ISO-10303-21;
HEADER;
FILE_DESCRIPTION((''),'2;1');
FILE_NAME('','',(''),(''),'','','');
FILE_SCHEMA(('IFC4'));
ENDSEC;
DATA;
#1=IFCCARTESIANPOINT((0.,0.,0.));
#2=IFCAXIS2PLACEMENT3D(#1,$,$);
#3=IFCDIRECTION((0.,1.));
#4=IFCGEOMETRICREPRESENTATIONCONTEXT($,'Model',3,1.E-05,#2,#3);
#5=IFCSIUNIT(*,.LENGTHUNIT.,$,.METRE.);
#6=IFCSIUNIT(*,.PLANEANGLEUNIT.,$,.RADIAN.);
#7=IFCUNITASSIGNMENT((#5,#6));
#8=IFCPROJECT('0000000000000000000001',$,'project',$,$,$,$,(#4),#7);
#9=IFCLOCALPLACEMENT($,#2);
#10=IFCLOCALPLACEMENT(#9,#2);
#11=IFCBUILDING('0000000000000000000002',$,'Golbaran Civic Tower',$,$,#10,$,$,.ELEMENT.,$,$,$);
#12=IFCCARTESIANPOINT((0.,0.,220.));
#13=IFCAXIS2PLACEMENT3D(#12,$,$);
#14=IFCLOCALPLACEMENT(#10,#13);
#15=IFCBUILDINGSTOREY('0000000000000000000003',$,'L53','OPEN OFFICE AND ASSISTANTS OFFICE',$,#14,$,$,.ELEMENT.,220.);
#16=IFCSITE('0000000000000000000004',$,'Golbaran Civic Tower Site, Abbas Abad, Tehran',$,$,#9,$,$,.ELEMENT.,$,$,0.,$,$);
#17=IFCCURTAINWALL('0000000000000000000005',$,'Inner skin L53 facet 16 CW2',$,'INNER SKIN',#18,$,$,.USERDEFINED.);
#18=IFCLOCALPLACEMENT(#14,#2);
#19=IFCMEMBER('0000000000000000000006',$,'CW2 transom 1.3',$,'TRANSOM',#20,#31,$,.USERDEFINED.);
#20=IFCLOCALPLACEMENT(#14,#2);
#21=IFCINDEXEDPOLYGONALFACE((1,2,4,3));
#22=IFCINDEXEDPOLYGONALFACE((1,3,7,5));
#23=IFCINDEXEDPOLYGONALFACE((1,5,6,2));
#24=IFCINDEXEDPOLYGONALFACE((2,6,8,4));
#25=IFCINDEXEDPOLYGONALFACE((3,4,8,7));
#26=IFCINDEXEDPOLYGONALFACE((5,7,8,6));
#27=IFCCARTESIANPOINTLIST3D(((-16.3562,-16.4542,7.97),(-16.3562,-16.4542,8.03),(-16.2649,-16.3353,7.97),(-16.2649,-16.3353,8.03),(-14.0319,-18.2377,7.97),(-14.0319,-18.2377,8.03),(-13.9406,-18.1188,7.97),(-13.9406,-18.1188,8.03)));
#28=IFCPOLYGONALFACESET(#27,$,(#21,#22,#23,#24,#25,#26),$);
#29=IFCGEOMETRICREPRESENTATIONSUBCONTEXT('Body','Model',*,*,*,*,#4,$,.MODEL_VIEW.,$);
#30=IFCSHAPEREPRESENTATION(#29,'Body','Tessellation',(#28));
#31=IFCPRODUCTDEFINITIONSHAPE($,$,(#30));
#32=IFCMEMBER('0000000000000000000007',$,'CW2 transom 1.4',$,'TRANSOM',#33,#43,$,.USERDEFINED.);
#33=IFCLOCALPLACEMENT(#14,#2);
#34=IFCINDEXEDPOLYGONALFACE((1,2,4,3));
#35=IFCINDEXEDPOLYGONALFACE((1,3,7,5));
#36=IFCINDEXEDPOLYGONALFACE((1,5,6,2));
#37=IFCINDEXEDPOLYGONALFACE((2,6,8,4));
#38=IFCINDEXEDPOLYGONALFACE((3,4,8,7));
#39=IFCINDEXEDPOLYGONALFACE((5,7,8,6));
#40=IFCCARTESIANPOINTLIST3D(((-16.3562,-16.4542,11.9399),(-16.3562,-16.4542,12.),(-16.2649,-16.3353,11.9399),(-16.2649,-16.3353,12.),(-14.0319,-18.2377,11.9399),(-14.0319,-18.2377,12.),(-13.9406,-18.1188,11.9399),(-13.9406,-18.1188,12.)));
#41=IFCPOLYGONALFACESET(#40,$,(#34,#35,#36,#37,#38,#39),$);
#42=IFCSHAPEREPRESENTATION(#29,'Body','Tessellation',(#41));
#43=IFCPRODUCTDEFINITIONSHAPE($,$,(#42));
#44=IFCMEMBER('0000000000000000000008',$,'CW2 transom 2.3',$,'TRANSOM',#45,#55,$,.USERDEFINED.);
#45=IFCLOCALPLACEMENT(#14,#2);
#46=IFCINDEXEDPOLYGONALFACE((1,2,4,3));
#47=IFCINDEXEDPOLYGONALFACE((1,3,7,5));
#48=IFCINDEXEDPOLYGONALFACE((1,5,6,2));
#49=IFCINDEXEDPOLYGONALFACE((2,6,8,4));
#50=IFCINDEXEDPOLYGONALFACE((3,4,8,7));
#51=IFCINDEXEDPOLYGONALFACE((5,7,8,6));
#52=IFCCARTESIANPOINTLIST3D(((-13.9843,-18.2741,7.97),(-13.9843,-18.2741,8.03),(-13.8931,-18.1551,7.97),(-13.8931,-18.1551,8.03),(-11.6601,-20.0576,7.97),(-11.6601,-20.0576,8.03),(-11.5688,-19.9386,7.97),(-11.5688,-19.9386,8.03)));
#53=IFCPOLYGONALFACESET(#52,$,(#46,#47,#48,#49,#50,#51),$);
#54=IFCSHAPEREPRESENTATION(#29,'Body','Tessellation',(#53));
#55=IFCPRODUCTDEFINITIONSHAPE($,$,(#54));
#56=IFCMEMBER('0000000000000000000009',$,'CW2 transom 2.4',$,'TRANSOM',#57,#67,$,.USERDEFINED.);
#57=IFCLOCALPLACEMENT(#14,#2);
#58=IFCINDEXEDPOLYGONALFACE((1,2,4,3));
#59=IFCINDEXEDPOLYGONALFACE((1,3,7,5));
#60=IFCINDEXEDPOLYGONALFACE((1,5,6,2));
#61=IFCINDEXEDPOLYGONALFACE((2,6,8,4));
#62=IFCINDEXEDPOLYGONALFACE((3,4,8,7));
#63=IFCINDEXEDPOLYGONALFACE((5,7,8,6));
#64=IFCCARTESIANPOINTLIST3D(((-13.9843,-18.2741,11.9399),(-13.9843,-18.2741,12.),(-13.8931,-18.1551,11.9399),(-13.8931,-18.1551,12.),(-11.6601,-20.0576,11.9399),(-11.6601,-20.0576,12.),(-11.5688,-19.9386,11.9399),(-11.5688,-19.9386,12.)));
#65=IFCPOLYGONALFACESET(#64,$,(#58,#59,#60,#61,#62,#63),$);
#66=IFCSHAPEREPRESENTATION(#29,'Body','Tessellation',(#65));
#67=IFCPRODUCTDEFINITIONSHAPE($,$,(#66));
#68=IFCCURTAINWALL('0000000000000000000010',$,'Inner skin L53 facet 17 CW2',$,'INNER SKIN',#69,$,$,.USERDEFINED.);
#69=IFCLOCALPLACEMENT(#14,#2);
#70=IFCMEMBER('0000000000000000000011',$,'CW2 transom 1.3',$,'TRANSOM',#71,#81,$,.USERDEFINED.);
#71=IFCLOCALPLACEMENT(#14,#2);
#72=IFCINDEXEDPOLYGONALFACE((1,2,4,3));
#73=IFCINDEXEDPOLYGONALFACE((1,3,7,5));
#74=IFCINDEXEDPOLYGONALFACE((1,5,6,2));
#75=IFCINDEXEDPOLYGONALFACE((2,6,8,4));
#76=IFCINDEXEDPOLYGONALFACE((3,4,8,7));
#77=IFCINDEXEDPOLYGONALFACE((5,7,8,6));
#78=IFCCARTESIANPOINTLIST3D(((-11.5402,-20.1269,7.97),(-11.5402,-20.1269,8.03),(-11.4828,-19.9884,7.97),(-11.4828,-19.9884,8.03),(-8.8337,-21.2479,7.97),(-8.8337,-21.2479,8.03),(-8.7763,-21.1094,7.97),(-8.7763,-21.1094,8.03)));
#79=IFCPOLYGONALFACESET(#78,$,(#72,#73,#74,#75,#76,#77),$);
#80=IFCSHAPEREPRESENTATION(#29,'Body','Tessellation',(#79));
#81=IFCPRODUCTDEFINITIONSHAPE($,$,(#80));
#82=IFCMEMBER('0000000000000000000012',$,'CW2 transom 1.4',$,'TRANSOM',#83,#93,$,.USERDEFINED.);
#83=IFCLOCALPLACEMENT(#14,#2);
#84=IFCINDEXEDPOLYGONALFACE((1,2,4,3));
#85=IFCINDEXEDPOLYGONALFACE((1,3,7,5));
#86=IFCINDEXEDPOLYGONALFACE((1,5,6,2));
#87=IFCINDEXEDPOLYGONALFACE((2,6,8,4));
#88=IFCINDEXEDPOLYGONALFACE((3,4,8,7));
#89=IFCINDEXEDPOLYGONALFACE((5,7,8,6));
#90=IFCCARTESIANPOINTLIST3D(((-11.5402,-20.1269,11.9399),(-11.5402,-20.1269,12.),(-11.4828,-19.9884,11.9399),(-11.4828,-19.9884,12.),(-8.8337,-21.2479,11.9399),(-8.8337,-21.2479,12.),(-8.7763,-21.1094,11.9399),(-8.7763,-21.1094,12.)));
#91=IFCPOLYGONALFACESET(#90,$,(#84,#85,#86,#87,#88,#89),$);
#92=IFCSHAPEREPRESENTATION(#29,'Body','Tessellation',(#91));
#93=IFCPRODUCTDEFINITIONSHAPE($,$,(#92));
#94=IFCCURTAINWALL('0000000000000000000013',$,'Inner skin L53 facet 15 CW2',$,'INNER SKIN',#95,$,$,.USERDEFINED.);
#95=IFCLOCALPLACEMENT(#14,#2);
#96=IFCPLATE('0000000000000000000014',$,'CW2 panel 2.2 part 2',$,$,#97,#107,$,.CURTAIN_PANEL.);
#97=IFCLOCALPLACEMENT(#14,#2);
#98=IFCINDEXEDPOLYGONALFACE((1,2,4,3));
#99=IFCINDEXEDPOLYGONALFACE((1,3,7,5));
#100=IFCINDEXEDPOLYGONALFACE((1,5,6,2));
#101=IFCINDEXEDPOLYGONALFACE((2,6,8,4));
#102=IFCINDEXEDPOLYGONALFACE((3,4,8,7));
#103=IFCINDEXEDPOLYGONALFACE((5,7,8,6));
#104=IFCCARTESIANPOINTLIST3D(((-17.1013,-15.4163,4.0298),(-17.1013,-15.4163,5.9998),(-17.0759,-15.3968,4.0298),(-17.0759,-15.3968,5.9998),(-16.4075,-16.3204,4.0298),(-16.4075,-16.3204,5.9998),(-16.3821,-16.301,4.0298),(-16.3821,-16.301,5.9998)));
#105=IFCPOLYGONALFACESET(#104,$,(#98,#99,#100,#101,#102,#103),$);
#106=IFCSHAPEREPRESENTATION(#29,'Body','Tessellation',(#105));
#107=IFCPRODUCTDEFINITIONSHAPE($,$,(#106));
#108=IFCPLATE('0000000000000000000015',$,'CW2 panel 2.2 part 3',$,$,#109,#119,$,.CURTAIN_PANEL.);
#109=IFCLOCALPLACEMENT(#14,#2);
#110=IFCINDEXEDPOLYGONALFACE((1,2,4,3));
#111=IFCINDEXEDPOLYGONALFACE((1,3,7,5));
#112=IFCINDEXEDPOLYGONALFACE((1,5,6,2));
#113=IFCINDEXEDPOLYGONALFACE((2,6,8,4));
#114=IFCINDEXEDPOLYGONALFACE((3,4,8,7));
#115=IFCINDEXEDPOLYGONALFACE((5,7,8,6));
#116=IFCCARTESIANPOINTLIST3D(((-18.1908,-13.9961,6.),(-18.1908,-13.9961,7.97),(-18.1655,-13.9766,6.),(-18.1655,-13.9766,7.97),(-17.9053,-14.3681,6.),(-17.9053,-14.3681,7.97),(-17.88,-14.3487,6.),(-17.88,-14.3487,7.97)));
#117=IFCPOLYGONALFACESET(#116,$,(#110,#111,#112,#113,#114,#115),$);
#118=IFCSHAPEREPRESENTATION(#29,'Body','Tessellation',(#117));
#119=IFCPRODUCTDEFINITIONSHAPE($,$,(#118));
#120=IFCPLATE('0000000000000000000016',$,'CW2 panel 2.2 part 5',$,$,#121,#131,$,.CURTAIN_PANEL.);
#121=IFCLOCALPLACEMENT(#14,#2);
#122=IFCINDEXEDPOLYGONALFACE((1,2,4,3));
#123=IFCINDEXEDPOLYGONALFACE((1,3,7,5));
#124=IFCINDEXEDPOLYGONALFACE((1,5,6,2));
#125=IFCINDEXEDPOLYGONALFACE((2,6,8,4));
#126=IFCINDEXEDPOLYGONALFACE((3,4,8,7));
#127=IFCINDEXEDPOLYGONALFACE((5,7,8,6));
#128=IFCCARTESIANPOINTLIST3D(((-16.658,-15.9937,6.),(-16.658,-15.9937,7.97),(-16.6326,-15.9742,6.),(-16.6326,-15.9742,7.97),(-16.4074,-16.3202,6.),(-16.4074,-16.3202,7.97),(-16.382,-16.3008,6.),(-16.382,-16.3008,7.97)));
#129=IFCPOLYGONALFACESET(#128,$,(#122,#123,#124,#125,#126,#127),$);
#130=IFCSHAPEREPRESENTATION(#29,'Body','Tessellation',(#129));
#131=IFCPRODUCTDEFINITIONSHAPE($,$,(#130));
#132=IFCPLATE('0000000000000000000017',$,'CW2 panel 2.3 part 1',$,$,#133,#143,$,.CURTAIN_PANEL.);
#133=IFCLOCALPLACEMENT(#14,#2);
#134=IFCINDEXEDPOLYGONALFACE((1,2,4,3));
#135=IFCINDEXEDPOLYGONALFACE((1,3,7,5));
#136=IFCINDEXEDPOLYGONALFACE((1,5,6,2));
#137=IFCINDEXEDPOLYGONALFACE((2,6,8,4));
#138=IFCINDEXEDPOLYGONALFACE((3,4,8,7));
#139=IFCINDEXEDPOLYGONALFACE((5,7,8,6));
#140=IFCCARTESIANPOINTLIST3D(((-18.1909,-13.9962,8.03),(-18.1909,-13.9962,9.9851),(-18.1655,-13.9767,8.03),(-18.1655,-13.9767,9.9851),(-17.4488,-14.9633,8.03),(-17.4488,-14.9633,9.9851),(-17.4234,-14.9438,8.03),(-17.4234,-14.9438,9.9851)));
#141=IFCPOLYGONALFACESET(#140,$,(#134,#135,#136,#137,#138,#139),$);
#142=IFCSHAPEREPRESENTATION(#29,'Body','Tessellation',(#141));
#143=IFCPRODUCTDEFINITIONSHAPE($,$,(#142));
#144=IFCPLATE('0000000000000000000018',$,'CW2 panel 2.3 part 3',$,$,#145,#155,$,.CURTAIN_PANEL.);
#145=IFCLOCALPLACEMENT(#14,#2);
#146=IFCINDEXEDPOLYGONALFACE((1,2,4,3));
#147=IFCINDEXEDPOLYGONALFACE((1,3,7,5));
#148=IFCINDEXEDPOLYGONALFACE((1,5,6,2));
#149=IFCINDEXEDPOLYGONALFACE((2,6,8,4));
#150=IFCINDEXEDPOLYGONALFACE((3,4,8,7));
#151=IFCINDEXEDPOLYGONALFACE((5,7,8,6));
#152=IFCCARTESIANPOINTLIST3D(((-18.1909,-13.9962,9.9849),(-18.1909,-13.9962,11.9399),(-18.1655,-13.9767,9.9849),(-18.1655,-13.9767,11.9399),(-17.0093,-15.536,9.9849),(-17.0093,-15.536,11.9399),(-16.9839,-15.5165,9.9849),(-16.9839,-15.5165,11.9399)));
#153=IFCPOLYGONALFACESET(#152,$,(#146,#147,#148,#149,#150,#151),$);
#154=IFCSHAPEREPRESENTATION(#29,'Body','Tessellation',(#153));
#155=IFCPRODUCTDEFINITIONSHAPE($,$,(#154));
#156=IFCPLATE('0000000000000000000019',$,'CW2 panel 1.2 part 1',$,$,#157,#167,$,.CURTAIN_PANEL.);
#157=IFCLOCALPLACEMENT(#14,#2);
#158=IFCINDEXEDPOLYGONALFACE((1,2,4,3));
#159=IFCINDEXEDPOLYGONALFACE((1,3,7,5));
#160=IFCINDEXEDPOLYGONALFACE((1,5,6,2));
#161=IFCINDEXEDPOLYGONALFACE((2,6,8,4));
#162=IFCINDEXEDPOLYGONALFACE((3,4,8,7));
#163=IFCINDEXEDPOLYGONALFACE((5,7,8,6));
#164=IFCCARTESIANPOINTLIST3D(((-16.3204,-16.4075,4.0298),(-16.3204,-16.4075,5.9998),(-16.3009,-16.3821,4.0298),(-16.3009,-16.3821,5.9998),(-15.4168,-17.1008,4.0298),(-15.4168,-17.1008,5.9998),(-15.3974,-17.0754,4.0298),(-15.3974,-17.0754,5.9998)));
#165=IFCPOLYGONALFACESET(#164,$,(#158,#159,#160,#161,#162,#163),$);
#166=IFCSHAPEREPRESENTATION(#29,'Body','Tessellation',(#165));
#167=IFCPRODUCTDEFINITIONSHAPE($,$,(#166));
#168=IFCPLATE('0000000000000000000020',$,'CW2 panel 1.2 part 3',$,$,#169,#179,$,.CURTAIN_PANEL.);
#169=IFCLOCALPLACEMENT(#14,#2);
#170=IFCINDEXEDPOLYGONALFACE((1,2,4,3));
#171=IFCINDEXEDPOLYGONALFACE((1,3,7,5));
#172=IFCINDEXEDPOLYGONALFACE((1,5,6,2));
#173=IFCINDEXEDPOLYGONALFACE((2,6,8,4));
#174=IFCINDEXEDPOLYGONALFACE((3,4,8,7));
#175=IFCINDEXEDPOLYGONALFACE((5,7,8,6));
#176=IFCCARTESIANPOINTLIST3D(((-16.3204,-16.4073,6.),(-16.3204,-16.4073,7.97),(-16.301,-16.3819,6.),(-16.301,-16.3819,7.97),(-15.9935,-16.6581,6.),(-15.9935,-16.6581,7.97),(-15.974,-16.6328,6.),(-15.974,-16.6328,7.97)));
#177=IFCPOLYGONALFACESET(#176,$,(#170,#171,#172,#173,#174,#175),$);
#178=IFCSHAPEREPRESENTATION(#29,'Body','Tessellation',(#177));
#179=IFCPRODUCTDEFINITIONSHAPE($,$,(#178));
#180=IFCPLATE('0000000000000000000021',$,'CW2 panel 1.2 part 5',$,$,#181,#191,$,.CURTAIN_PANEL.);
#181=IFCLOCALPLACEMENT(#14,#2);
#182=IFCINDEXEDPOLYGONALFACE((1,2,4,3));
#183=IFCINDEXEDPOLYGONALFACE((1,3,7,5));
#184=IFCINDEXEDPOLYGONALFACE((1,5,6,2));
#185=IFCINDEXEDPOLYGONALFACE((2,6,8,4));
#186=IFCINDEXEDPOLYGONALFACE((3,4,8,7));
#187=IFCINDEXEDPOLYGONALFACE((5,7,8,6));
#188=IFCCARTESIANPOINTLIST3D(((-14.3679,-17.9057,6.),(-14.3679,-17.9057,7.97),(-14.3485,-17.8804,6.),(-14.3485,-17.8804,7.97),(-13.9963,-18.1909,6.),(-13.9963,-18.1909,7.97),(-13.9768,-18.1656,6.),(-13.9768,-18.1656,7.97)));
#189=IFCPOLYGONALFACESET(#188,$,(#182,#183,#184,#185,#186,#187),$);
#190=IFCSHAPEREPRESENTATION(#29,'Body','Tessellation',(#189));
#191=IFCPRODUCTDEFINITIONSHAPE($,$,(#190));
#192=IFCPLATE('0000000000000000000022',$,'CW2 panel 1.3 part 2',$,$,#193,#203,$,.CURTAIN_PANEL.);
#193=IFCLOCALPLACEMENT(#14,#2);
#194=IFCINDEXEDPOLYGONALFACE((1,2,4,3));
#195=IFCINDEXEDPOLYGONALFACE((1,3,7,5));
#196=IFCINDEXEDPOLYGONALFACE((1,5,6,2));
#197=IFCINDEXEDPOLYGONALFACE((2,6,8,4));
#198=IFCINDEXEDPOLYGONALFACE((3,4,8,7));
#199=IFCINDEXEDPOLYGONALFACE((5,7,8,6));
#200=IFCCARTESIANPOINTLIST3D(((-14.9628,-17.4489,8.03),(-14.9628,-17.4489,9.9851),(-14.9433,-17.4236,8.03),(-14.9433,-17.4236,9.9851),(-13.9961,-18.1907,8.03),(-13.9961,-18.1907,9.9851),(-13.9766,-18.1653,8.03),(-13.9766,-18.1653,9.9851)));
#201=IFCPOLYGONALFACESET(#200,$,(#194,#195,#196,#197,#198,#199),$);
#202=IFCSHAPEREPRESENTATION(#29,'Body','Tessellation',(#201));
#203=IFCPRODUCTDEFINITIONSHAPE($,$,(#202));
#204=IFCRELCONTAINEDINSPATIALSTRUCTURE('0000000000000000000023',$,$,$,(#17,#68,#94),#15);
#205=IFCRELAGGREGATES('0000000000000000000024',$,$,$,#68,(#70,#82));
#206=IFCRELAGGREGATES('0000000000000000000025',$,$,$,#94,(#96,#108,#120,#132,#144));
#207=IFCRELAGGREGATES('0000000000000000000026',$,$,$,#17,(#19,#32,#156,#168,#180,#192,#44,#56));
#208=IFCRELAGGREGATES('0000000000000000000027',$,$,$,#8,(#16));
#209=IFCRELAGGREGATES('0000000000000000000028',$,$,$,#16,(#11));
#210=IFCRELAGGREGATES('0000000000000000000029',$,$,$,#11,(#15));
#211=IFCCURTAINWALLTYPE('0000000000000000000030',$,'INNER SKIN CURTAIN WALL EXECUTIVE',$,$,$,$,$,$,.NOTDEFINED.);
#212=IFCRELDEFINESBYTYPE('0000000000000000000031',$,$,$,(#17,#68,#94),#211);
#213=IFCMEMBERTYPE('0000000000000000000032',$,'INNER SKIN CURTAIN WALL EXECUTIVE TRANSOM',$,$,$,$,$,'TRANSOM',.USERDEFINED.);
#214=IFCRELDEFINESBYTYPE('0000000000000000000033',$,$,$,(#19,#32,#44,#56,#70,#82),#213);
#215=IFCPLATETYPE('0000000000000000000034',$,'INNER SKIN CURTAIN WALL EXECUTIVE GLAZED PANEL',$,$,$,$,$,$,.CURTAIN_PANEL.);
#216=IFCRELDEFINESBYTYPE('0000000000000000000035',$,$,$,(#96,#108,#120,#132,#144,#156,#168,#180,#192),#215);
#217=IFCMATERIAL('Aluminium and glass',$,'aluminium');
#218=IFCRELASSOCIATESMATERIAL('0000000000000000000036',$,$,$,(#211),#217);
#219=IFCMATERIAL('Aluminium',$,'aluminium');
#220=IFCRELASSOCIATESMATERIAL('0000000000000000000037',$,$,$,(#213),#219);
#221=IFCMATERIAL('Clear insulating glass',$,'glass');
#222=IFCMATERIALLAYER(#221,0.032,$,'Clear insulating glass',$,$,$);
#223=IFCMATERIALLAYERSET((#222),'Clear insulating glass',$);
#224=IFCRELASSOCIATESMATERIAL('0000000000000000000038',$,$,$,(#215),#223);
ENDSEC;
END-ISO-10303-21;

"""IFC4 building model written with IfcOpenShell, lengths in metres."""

from ifc_helpers import new_model, si_unit, direction, frame, origin, origin_2d, place, context, subcontext, project, spatial, rectangle, extrude, material, layer, layer_set, material_profile, profile_set, type_object, element, aggregate, save


model = new_model("IFC4")

# Units and contexts
model_context = context("Model", 3, precision=1e-05, world=origin(), true_north=direction((0.0, 1.0)))
body_context = subcontext(model_context, "Body", "Model", "MODEL_VIEW")
ifc_project = project(units=[si_unit("LENGTHUNIT", "METRE"), si_unit("PLANEANGLEUNIT", "RADIAN")], contexts=[model_context])

# Site, building, storey
site_placement = place(None, origin())
site = spatial("IfcSite", under=ifc_project, at=site_placement, Name="Golbaran Civic Tower Site, Abbas Abad, Tehran", CompositionType="ELEMENT", RefElevation=0.0)
building_placement = place(site_placement, origin())
building = spatial("IfcBuilding", under=site, at=building_placement, Name="Golbaran Civic Tower", CompositionType="ELEMENT")
storey_placement = place(building_placement, frame((0.0, 0.0, 220.0)))
storey = spatial("IfcBuildingStorey", under=building, at=storey_placement, Name="L53", Description="OPEN OFFICE AND ASSISTANTS OFFICE", CompositionType="ELEMENT", Elevation=220.0)

# Curtain walls, members
ifc_material_1 = material(Name="Aluminium and glass", Category="aluminium")
curtain_wall_type = type_object("IfcCurtainWallType", Name="INNER SKIN CURTAIN WALL EXECUTIVE", PredefinedType="NOTDEFINED", material=ifc_material_1)
curtain_wall_1_placement = place(storey_placement, origin())
curtain_wall_1 = element("IfcCurtainWall", 1, at=curtain_wall_1_placement, inside=storey, type_object=curtain_wall_type, Name="Inner skin L53 facet 16 CW2", ObjectType="INNER SKIN", PredefinedType="USERDEFINED")
ifc_material_2 = material(Name="Aluminium", Category="aluminium")
ifc_material_profile = material_profile(ifc_material_2, rectangle(XDim=0.1499, YDim=0.0601, at=origin_2d()), Name="INNER SKIN CURTAIN WALL EXECUTIVE TRANSOM")
ifc_profile_set = profile_set([ifc_material_profile], Name="Aluminium")
member_type = type_object("IfcMemberType", Name="INNER SKIN CURTAIN WALL EXECUTIVE TRANSOM", ElementType="TRANSOM", PredefinedType="USERDEFINED", material=ifc_profile_set)
member_1_placement = place(storey_placement, frame((-16.3105, -16.3948, 8.0), z_axis=(0.793351, -0.608764, 0.0), x_axis=(0.608764, 0.793351, 0.0)))
member_1 = element("IfcMember", 2, at=member_1_placement, type_object=member_type, Name="CW2 transom 1.3", ObjectType="TRANSOM", PredefinedType="USERDEFINED", context=body_context, shape_type="SweptSolid", body=[
    extrude(rectangle(XDim=0.1499, YDim=0.0601, at=origin_2d()), origin(), (0.0, 0.0, 1.0), 2.9297),
])
member_2_placement = place(storey_placement, frame((-16.3105, -16.3948, 11.97), z_axis=(0.793351, -0.608764, 0.0), x_axis=(0.608764, 0.793351, 0.0)))
member_2 = element("IfcMember", 3, at=member_2_placement, type_object=member_type, Name="CW2 transom 1.4", ObjectType="TRANSOM", PredefinedType="USERDEFINED", context=body_context, shape_type="SweptSolid", body=[
    extrude(rectangle(XDim=0.1499, YDim=0.0601, at=origin_2d()), origin(), (0.0, 0.0, 1.0), 2.9297),
])
member_3_placement = place(storey_placement, frame((-13.9387, -18.2146, 8.0), z_axis=(0.793351, -0.608764, 0.0), x_axis=(0.608764, 0.793351, 0.0)))
member_3 = element("IfcMember", 4, at=member_3_placement, type_object=member_type, Name="CW2 transom 2.3", ObjectType="TRANSOM", PredefinedType="USERDEFINED", context=body_context, shape_type="SweptSolid", body=[
    extrude(rectangle(XDim=0.1499, YDim=0.0601, at=origin_2d()), origin(), (0.0, 0.0, 1.0), 2.9297),
])
member_4_placement = place(storey_placement, frame((-13.9387, -18.2146, 11.97), z_axis=(0.793351, -0.608764, 0.0), x_axis=(0.608764, 0.793351, 0.0)))
member_4 = element("IfcMember", 5, at=member_4_placement, type_object=member_type, Name="CW2 transom 2.4", ObjectType="TRANSOM", PredefinedType="USERDEFINED", context=body_context, shape_type="SweptSolid", body=[
    extrude(rectangle(XDim=0.1499, YDim=0.0601, at=origin_2d()), origin(), (0.0, 0.0, 1.0), 2.9297),
])
curtain_wall_2_placement = place(storey_placement, origin())
curtain_wall_2 = element("IfcCurtainWall", 6, at=curtain_wall_2_placement, inside=storey, type_object=curtain_wall_type, Name="Inner skin L53 facet 17 CW2", ObjectType="INNER SKIN", PredefinedType="USERDEFINED")
member_5_placement = place(storey_placement, frame((-11.5115, -20.0576, 8.0), z_axis=(0.923879, -0.382685, 0.0), x_axis=(0.382685, 0.923879, 0.0)))
member_5 = element("IfcMember", 7, at=member_5_placement, type_object=member_type, Name="CW2 transom 1.3", ObjectType="TRANSOM", PredefinedType="USERDEFINED", context=body_context, shape_type="SweptSolid", body=[
    extrude(rectangle(XDim=0.1499, YDim=0.0601, at=origin_2d()), origin(), (0.0, 0.0, 1.0), 2.9294),
])
member_6_placement = place(storey_placement, frame((-11.5115, -20.0576, 11.97), z_axis=(0.923879, -0.382685, 0.0), x_axis=(0.382685, 0.923879, 0.0)))
member_6 = element("IfcMember", 8, at=member_6_placement, type_object=member_type, Name="CW2 transom 1.4", ObjectType="TRANSOM", PredefinedType="USERDEFINED", context=body_context, shape_type="SweptSolid", body=[
    extrude(rectangle(XDim=0.1499, YDim=0.0601, at=origin_2d()), origin(), (0.0, 0.0, 1.0), 2.9294),
])

# Curtain wall, plates
curtain_wall_3_placement = place(storey_placement, origin())
curtain_wall_3 = element("IfcCurtainWall", 9, at=curtain_wall_3_placement, inside=storey, type_object=curtain_wall_type, Name="Inner skin L53 facet 15 CW2", ObjectType="INNER SKIN", PredefinedType="USERDEFINED")
ifc_material_3 = material(Name="Clear insulating glass", Category="glass")
ifc_layer_1 = layer(ifc_material_3, 0.032, Name="Clear insulating glass")
ifc_layer_set_1 = layer_set([ifc_layer_1], Name="Clear insulating glass")
plate_type_1 = type_object("IfcPlateType", Name="INNER SKIN CURTAIN WALL EXECUTIVE GLAZED PANEL", PredefinedType="CURTAIN_PANEL", material=ifc_layer_set_1)
plate_1_placement = place(storey_placement, frame((-16.7417, -15.8586, 4.0298), z_axis=(0.0, 0.0, 1.0), x_axis=(0.608761, -0.793353, 0.0)))
plate_1 = element("IfcPlate", 10, at=plate_1_placement, type_object=plate_type_1, Name="CW2 panel 2.2 part 2", PredefinedType="CURTAIN_PANEL", context=body_context, shape_type="SweptSolid", body=[
    extrude(rectangle(XDim=1.1396, YDim=0.032, at=origin_2d()), origin(), (0.0, 0.0, 1.0), 1.97),
])
plate_2_placement = place(storey_placement, frame((-18.0354, -14.1724, 6.0), z_axis=(0.0, 0.0, 1.0), x_axis=(0.608761, -0.793353, 0.0)))
plate_2 = element("IfcPlate", 11, at=plate_2_placement, type_object=plate_type_1, Name="CW2 panel 2.2 part 3", PredefinedType="CURTAIN_PANEL", context=body_context, shape_type="SweptSolid", body=[
    extrude(rectangle(XDim=0.469, YDim=0.032, at=origin_2d()), origin(), (0.0, 0.0, 1.0), 1.97),
])
plate_3_placement = place(storey_placement, frame((-16.52, -16.1472, 6.0), z_axis=(0.0, 0.0, 1.0), x_axis=(0.608761, -0.793353, 0.0)))
plate_3 = element("IfcPlate", 12, at=plate_3_placement, type_object=plate_type_1, Name="CW2 panel 2.2 part 5", PredefinedType="CURTAIN_PANEL", context=body_context, shape_type="SweptSolid", body=[
    extrude(rectangle(XDim=0.4116, YDim=0.032, at=origin_2d()), origin(), (0.0, 0.0, 1.0), 1.97),
])
plate_4_placement = place(storey_placement, frame((-17.8071, -14.47, 8.03), z_axis=(0.0, 0.0, 1.0), x_axis=(0.608761, -0.793353, 0.0)))
plate_4 = element("IfcPlate", 13, at=plate_4_placement, type_object=plate_type_1, Name="CW2 panel 2.3 part 1", PredefinedType="CURTAIN_PANEL", context=body_context, shape_type="SweptSolid", body=[
    extrude(rectangle(XDim=1.219, YDim=0.032, at=origin_2d()), origin(), (0.0, 0.0, 1.0), 1.9551),
])
plate_5_placement = place(storey_placement, frame((-17.5874, -14.7563, 9.9849), z_axis=(0.0, 0.0, 1.0), x_axis=(0.608761, -0.793353, 0.0)))
plate_5 = element("IfcPlate", 14, at=plate_5_placement, type_object=plate_type_1, Name="CW2 panel 2.3 part 3", PredefinedType="CURTAIN_PANEL", context=body_context, shape_type="SweptSolid", body=[
    extrude(rectangle(XDim=1.9409, YDim=0.032, at=origin_2d()), origin(), (0.0, 0.0, 1.0), 1.9551),
])

# Plates
plate_6_placement = place(storey_placement, frame((-15.8589, -16.7415, 4.0298), z_axis=(0.0, 0.0, 1.0), x_axis=(0.793353, -0.608761, 0.0)))
plate_6 = element("IfcPlate", 15, at=plate_6_placement, type_object=plate_type_1, Name="CW2 panel 1.2 part 1", PredefinedType="CURTAIN_PANEL", context=body_context, shape_type="SweptSolid", body=[
    extrude(rectangle(XDim=1.1389, YDim=0.032, at=origin_2d()), origin(), (0.0, 0.0, 1.0), 1.97),
])
plate_7_placement = place(storey_placement, frame((-16.1472, -16.52, 6.0), z_axis=(0.0, 0.0, 1.0), x_axis=(0.793353, -0.608761, 0.0)))
plate_7 = element("IfcPlate", 16, at=plate_7_placement, type_object=plate_type_1, Name="CW2 panel 1.2 part 3", PredefinedType="CURTAIN_PANEL", context=body_context, shape_type="SweptSolid", body=[
    extrude(rectangle(XDim=0.4121, YDim=0.032, at=origin_2d()), origin(), (0.0, 0.0, 1.0), 1.97),
])
plate_8_placement = place(storey_placement, frame((-14.1724, -18.0356, 6.0), z_axis=(0.0, 0.0, 1.0), x_axis=(0.793353, -0.608761, 0.0)))
plate_8 = element("IfcPlate", 17, at=plate_8_placement, type_object=plate_type_1, Name="CW2 panel 1.2 part 5", PredefinedType="CURTAIN_PANEL", context=body_context, shape_type="SweptSolid", body=[
    extrude(rectangle(XDim=0.4685, YDim=0.032, at=origin_2d()), origin(), (0.0, 0.0, 1.0), 1.97),
])
plate_9_placement = place(storey_placement, frame((-14.4697, -17.8071, 8.03), z_axis=(0.0, 0.0, 1.0), x_axis=(0.793353, -0.608761, 0.0)))
plate_9 = element("IfcPlate", 18, at=plate_9_placement, type_object=plate_type_1, Name="CW2 panel 1.3 part 2", PredefinedType="CURTAIN_PANEL", context=body_context, shape_type="SweptSolid", body=[
    extrude(rectangle(XDim=1.2185, YDim=0.032, at=origin_2d()), origin(), (0.0, 0.0, 1.0), 1.9551),
])
aggregate(curtain_wall_2, [member_5, member_6])
aggregate(curtain_wall_3, [plate_1, plate_2, plate_3, plate_4, plate_5])
aggregate(curtain_wall_1, [member_1, member_2, plate_6, plate_7, plate_8, plate_9, member_3, member_4])

save(model, "model.ifc")
